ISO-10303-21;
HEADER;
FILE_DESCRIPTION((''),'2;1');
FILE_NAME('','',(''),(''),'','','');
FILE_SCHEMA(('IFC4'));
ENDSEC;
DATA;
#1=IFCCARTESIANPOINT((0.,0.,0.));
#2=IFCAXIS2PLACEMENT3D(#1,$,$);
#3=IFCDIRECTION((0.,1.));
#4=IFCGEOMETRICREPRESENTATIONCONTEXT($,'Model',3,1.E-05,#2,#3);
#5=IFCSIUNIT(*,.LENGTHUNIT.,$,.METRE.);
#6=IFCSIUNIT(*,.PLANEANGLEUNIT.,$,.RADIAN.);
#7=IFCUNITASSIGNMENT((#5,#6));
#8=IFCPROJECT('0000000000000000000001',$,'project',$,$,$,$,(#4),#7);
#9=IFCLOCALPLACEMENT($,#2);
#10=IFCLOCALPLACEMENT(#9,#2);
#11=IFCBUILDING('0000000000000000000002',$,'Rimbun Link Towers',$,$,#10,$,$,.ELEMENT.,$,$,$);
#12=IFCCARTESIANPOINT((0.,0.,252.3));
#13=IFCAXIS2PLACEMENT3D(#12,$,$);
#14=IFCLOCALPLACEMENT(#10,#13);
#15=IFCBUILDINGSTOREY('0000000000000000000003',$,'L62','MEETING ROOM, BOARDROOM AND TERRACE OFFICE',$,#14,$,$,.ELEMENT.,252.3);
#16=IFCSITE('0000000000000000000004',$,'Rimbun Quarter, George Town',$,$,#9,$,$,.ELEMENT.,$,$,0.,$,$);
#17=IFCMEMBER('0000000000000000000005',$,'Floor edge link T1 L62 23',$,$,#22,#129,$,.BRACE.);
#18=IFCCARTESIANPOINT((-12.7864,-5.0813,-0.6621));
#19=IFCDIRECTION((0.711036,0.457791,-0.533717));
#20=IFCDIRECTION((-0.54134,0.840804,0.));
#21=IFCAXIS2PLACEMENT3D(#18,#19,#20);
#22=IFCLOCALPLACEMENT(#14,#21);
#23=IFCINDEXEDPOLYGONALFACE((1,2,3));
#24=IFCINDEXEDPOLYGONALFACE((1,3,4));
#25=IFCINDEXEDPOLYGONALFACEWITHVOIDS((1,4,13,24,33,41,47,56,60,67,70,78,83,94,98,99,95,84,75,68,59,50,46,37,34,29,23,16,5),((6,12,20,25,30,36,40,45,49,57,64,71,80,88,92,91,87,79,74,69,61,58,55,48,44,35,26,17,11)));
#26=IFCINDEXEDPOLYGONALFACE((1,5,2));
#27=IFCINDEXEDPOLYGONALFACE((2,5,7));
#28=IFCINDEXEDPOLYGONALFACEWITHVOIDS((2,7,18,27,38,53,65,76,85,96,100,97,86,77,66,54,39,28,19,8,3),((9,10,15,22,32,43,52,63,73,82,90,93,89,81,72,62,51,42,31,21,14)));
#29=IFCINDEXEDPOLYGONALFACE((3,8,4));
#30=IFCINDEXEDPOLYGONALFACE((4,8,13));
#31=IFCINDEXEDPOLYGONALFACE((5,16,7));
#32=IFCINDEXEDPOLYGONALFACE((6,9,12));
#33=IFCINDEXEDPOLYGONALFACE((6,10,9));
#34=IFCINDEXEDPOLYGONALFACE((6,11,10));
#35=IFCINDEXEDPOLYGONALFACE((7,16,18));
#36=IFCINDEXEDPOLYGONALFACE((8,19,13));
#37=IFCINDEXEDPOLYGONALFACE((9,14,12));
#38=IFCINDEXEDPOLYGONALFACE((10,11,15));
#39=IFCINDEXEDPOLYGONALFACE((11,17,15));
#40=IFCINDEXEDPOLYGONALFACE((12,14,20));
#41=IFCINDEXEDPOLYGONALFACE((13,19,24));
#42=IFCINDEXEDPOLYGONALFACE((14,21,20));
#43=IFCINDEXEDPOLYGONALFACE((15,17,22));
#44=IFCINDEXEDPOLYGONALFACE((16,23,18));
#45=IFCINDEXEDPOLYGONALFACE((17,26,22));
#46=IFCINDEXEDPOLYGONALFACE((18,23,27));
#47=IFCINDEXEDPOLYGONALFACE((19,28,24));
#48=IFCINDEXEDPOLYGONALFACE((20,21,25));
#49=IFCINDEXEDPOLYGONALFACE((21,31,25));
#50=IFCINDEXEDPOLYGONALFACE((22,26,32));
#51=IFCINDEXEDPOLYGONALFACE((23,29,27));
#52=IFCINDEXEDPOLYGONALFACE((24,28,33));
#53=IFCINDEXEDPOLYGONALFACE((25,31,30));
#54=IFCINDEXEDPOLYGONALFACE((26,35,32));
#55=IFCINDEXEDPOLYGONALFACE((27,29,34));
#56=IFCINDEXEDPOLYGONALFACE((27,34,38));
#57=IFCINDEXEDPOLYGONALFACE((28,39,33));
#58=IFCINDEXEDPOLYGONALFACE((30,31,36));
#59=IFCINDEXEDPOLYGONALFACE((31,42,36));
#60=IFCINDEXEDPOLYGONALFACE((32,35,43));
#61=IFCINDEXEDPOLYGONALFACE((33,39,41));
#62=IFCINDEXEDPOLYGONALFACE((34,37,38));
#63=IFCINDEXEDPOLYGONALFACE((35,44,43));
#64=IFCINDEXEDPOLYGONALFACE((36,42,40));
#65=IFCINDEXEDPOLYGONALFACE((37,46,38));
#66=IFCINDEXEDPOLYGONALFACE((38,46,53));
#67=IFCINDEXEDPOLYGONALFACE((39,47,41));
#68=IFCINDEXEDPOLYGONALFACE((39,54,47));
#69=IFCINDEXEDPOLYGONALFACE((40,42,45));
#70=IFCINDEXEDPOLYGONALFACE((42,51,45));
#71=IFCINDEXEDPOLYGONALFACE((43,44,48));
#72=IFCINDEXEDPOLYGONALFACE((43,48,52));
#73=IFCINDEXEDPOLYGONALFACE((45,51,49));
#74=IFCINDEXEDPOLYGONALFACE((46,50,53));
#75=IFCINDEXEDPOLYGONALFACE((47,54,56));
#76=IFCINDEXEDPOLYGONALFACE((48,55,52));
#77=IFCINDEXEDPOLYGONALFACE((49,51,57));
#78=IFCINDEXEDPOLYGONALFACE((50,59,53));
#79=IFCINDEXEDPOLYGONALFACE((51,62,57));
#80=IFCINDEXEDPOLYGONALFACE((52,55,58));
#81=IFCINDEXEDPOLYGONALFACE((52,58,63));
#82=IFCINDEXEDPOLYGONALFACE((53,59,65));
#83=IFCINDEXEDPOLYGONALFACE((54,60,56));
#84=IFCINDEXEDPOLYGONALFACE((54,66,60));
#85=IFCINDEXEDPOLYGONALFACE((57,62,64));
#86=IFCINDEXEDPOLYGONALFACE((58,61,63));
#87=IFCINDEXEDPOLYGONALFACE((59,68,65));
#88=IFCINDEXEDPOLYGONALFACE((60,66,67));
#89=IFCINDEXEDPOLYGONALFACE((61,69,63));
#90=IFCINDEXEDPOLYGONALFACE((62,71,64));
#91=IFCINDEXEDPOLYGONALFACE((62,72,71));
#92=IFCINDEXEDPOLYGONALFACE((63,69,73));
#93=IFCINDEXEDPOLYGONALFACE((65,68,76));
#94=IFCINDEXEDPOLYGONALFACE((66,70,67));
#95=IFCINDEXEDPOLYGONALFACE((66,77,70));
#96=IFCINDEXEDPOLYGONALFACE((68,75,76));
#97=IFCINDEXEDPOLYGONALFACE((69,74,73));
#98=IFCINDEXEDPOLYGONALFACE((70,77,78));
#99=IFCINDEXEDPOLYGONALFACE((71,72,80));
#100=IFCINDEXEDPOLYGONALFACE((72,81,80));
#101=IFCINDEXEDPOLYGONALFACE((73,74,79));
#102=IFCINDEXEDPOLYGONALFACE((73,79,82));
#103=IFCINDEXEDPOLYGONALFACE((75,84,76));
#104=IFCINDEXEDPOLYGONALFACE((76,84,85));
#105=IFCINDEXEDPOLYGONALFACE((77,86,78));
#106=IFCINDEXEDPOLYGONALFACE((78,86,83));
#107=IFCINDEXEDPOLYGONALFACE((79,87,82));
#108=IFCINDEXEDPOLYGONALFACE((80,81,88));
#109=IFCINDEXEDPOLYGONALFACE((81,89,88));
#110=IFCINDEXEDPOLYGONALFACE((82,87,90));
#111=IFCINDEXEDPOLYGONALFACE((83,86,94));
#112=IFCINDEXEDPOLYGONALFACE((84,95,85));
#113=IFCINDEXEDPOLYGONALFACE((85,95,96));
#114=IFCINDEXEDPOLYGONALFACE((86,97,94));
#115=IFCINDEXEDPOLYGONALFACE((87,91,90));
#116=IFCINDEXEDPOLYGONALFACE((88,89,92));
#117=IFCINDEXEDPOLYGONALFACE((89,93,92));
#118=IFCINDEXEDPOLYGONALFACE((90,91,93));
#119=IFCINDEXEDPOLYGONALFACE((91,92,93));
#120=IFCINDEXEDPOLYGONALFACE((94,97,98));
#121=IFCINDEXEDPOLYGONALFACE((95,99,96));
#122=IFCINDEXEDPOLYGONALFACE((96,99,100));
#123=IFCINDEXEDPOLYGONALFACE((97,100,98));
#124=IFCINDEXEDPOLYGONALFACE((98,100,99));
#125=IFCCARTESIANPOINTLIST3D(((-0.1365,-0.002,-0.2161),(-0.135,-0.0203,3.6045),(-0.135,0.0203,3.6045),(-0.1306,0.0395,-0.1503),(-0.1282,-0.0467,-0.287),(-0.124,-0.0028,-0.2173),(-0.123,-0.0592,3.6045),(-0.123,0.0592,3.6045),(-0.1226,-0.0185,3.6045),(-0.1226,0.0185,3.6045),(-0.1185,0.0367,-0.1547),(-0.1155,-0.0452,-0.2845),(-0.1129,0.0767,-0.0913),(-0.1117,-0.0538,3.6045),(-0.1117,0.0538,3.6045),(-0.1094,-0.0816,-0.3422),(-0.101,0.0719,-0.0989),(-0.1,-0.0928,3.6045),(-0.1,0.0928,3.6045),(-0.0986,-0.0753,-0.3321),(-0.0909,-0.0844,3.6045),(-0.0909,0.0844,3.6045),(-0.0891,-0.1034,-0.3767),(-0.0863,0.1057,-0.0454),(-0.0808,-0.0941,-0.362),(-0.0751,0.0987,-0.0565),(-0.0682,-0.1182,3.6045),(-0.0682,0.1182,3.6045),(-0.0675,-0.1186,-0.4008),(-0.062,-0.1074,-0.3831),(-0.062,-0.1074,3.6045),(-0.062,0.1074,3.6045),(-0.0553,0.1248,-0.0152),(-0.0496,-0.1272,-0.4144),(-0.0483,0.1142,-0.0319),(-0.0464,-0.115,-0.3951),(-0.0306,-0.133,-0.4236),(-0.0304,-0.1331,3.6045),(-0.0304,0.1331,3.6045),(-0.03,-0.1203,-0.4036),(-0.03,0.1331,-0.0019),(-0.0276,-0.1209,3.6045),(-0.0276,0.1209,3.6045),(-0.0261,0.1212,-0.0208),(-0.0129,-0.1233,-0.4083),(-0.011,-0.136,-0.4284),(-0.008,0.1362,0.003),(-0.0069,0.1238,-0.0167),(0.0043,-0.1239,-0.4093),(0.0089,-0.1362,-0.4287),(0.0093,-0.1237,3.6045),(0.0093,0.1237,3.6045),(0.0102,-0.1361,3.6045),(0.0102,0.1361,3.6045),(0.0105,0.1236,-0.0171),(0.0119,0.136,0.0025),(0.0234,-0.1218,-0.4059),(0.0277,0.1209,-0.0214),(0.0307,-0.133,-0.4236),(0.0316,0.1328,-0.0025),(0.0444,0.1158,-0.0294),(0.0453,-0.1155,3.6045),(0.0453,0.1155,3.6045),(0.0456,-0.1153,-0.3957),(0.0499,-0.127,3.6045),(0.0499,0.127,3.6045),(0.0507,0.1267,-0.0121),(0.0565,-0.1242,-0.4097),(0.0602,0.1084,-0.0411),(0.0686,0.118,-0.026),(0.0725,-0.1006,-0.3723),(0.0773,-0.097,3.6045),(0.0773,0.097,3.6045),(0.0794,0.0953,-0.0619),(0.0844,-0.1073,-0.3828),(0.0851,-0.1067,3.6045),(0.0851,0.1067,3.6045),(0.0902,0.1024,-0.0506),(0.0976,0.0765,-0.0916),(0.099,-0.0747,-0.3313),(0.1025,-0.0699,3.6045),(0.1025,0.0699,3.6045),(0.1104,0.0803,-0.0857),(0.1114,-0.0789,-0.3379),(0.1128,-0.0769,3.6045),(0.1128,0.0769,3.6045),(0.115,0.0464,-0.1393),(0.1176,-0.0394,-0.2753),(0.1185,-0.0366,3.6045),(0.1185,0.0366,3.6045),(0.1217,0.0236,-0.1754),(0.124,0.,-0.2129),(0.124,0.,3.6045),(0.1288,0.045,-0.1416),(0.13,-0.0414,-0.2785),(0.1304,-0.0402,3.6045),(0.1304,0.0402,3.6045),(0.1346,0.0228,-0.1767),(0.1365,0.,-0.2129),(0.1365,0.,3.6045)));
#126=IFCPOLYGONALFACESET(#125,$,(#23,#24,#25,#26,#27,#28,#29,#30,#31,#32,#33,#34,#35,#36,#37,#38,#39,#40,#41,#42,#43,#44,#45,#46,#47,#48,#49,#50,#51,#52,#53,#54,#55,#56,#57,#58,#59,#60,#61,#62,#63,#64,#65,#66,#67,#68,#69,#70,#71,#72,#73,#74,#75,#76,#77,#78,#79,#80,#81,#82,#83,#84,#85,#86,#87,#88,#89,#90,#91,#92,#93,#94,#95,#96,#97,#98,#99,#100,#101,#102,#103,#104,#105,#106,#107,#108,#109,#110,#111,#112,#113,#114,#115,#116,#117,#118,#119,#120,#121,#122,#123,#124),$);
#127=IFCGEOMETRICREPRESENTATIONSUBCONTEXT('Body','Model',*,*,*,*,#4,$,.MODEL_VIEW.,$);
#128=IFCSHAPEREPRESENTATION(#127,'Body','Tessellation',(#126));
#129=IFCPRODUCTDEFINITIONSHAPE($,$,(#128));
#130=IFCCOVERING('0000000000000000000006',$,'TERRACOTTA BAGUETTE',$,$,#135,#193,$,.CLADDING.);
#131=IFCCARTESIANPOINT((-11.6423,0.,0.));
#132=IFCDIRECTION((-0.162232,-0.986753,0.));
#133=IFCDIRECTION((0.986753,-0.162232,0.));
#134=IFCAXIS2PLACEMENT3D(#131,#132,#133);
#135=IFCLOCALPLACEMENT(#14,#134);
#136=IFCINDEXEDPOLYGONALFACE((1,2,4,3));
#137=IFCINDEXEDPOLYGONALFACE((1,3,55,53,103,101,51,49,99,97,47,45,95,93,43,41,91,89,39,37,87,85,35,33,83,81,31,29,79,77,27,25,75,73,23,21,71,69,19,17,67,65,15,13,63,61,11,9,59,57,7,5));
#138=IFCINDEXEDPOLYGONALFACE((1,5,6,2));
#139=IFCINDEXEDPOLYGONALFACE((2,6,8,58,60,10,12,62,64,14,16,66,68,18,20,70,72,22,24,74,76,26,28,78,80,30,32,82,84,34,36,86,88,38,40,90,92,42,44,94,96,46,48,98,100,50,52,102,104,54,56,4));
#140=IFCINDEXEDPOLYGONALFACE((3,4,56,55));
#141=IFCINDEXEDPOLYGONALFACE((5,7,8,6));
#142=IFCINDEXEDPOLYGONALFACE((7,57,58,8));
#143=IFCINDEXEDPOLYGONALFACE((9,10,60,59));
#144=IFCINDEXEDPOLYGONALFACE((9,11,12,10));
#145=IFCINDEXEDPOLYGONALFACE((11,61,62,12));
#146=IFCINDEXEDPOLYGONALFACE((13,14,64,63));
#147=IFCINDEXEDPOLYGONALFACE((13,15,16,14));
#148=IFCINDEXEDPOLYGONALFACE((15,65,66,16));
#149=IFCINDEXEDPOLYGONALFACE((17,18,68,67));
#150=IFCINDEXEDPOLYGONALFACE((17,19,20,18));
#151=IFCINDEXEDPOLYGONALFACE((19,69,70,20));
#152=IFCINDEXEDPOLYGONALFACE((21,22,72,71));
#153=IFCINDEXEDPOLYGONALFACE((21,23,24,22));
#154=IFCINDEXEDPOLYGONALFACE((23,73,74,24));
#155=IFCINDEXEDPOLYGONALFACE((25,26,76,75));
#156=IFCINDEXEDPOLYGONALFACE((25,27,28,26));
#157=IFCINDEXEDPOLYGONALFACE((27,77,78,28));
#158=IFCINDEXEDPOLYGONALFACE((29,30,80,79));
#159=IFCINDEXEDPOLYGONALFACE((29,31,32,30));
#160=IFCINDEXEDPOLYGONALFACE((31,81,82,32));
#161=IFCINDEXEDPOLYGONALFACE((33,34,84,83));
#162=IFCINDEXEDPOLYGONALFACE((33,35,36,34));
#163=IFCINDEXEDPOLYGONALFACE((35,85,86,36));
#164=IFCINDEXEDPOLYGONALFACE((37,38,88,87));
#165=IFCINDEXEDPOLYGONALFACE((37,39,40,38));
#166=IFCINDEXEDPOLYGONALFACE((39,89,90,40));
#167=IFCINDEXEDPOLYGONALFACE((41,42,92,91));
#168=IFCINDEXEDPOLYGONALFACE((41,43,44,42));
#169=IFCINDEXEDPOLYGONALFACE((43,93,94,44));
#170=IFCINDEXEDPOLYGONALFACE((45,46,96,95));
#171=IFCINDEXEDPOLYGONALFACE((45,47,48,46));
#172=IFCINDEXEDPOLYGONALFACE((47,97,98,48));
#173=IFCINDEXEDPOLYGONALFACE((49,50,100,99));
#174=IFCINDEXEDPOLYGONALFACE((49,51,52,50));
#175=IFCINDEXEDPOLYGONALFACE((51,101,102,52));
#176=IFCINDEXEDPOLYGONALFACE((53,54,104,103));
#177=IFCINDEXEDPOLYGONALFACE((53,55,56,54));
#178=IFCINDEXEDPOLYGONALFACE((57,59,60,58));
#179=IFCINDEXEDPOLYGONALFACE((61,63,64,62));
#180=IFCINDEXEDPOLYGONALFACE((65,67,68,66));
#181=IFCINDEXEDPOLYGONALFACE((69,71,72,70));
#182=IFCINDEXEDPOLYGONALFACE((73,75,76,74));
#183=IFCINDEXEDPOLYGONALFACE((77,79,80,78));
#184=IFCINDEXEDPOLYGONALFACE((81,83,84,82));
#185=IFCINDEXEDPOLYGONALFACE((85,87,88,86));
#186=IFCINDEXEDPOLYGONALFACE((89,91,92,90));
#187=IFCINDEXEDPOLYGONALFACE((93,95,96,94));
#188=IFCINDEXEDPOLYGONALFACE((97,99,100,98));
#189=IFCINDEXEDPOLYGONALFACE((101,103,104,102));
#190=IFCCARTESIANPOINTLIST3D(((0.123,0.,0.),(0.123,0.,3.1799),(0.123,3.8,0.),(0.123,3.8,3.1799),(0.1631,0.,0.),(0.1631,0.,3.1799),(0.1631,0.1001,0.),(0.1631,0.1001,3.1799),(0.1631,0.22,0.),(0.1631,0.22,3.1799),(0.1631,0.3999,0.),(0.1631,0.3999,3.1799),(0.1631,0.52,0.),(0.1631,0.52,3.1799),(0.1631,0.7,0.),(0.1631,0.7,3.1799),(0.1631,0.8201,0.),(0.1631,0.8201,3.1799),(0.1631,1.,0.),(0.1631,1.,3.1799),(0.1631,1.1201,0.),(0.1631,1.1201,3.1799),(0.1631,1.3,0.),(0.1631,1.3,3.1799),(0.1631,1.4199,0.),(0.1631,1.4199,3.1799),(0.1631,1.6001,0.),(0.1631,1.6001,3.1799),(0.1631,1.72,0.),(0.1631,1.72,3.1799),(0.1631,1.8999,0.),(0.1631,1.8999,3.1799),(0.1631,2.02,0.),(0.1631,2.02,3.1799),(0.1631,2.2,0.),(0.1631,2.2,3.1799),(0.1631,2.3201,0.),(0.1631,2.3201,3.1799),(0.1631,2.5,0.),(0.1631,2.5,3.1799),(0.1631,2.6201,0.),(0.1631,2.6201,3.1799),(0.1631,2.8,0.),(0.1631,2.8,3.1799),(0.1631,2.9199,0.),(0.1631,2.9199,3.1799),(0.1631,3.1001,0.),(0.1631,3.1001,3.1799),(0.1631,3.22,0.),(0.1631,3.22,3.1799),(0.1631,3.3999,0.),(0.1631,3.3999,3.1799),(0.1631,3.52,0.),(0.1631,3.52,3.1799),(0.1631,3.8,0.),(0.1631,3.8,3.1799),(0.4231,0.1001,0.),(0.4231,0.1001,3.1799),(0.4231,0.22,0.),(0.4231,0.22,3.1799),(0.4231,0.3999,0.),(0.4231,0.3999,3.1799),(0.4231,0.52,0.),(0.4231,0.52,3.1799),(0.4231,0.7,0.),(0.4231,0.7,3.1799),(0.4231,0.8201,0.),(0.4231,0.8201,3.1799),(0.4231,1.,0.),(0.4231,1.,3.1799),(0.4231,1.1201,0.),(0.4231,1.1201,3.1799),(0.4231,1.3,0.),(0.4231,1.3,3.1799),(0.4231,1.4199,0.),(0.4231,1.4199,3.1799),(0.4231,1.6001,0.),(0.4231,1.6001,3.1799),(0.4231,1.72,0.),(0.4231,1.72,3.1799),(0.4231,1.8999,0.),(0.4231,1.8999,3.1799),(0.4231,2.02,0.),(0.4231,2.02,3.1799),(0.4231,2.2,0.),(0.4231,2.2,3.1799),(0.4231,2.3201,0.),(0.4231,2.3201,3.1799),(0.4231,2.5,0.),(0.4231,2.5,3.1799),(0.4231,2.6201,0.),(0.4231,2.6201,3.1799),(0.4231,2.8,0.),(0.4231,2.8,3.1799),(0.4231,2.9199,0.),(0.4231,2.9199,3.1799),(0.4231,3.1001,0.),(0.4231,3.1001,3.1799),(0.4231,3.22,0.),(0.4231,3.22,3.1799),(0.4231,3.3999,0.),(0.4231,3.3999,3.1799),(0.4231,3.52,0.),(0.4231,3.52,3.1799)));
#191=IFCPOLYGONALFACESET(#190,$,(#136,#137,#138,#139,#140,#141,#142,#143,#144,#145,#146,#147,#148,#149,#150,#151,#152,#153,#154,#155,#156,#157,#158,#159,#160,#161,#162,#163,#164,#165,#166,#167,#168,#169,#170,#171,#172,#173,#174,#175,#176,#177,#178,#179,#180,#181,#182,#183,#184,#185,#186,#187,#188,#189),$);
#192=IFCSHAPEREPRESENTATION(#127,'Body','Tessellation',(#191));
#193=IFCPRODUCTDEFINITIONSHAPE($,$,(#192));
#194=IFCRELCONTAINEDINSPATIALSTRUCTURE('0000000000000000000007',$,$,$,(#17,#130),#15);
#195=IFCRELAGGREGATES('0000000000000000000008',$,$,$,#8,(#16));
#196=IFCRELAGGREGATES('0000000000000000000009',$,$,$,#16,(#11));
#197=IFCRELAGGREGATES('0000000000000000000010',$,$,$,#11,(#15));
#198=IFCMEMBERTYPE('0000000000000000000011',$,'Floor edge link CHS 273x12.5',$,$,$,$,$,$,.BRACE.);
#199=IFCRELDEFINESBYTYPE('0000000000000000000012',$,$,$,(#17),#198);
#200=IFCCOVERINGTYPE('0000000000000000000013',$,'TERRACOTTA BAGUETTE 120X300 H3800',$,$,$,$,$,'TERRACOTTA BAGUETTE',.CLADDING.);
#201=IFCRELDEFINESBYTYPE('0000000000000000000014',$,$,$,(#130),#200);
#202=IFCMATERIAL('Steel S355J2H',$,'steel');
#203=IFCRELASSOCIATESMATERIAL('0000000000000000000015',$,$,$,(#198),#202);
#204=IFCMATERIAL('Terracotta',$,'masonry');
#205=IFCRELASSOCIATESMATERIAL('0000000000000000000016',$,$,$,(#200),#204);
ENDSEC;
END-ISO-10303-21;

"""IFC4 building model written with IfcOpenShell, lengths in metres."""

from ifc_helpers import new_model, si_unit, direction, frame, origin, origin_2d, place, context, subcontext, project, spatial, polyline, hollow_circle, outline, extrude, clip, halfspace, material, material_profile, profile_set, type_object, element, save


model = new_model("IFC4")

# Units and contexts
model_context = context("Model", 3, precision=1e-05, world=origin(), true_north=direction((0.0, 1.0)))
body_context = subcontext(model_context, "Body", "Model", "MODEL_VIEW")
ifc_project = project(units=[si_unit("LENGTHUNIT", "METRE"), si_unit("PLANEANGLEUNIT", "RADIAN")], contexts=[model_context])

# Site, building, storey
site_placement = place(None, origin())
site = spatial("IfcSite", under=ifc_project, at=site_placement, Name="Rimbun Quarter, George Town", CompositionType="ELEMENT", RefElevation=0.0)
building_placement = place(site_placement, origin())
building = spatial("IfcBuilding", under=site, at=building_placement, Name="Rimbun Link Towers", CompositionType="ELEMENT")
storey_placement = place(building_placement, frame((0.0, 0.0, 252.3)))
storey = spatial("IfcBuildingStorey", under=building, at=storey_placement, Name="L62", Description="MEETING ROOM, BOARDROOM AND TERRACE OFFICE", CompositionType="ELEMENT", Elevation=252.3)

# Member
ifc_material_1 = material(Name="Steel S355J2H", Category="steel")
ifc_material_profile_1 = material_profile(ifc_material_1, hollow_circle(Radius=0.1365, WallThickness=0.0125, at=origin_2d()), Name="CHS 273x12.5")
ifc_profile_set_1 = profile_set([ifc_material_profile_1], Name="Steel S355J2H")
member_type_1 = type_object("IfcMemberType", Name="Floor edge link CHS 273x12.5", PredefinedType="BRACE", material=ifc_profile_set_1)
member_1_placement = place(storey_placement, frame((-12.7864, -5.0813, -0.6621), z_axis=(0.711036, 0.457791, -0.533717), x_axis=(-0.54134, 0.840804, 0.0)))
element("IfcMember", 1, at=member_1_placement, inside=storey, type_object=member_type_1, Name="Floor edge link T1 L62 23", PredefinedType="BRACE", context=body_context, shape_type="Clipping", body=[
    clip(extrude(hollow_circle(Radius=0.1365, WallThickness=0.0125, at=origin_2d()), frame((0.0, 0.0, -0.4514)), (0.0, 0.0, 1.0), 4.0559), halfspace(frame((0.0, 0.0, -0.2129), z_axis=(0.0, 0.845663, -0.533717)), False)),
])

# Covering
ifc_material_2 = material(Name="Terracotta", Category="masonry")
ifc_material_profile_2 = material_profile(ifc_material_2, outline(polyline([(0.123, 0.0), (0.1631, 0.0), (0.1631, 0.1001), (0.4231, 0.1001), (0.4231, 0.22), (0.1631, 0.22), (0.1631, 0.3999), (0.4231, 0.3999), (0.4231, 0.52), (0.1631, 0.52), (0.1631, 0.7), (0.4231, 0.7), (0.4231, 0.8201), (0.1631, 0.8201), (0.1631, 1.0), (0.4231, 1.0), (0.4231, 1.1201), (0.1631, 1.1201), (0.1631, 1.3), (0.4231, 1.3), (0.4231, 1.4199), (0.1631, 1.4199), (0.1631, 1.6001), (0.4231, 1.6001), (0.4231, 1.72), (0.1631, 1.72), (0.1631, 1.8999), (0.4231, 1.8999), (0.4231, 2.02), (0.1631, 2.02), (0.1631, 2.2), (0.4231, 2.2), (0.4231, 2.3201), (0.1631, 2.3201), (0.1631, 2.5), (0.4231, 2.5), (0.4231, 2.6201), (0.1631, 2.6201), (0.1631, 2.8), (0.4231, 2.8), (0.4231, 2.9199), (0.1631, 2.9199), (0.1631, 3.1001), (0.4231, 3.1001), (0.4231, 3.22), (0.1631, 3.22), (0.1631, 3.3999), (0.4231, 3.3999), (0.4231, 3.52), (0.1631, 3.52), (0.1631, 3.8), (0.123, 3.8), (0.123, 0.0)])), Name="BAGUETTE 120X300")
ifc_profile_set_2 = profile_set([ifc_material_profile_2], Name="Terracotta")
covering_type = type_object("IfcCoveringType", Name="TERRACOTTA BAGUETTE 120X300 H3800", ElementType="TERRACOTTA BAGUETTE", PredefinedType="CLADDING", material=ifc_profile_set_2)
covering_placement = place(storey_placement, frame((-11.6423, 0.0, 0.0), z_axis=(-0.162232, -0.986753, 0.0), x_axis=(0.986753, -0.162232, 0.0)))
element("IfcCovering", 2, at=covering_placement, inside=storey, type_object=covering_type, Name="TERRACOTTA BAGUETTE", PredefinedType="CLADDING", context=body_context, shape_type="SweptSolid", body=[
    extrude(outline(polyline([(0.123, 0.0), (0.1631, 0.0), (0.1631, 0.1001), (0.4231, 0.1001), (0.4231, 0.22), (0.1631, 0.22), (0.1631, 0.3999), (0.4231, 0.3999), (0.4231, 0.52), (0.1631, 0.52), (0.1631, 0.7), (0.4231, 0.7), (0.4231, 0.8201), (0.1631, 0.8201), (0.1631, 1.0), (0.4231, 1.0), (0.4231, 1.1201), (0.1631, 1.1201), (0.1631, 1.3), (0.4231, 1.3), (0.4231, 1.4199), (0.1631, 1.4199), (0.1631, 1.6001), (0.4231, 1.6001), (0.4231, 1.72), (0.1631, 1.72), (0.1631, 1.8999), (0.4231, 1.8999), (0.4231, 2.02), (0.1631, 2.02), (0.1631, 2.2), (0.4231, 2.2), (0.4231, 2.3201), (0.1631, 2.3201), (0.1631, 2.5), (0.4231, 2.5), (0.4231, 2.6201), (0.1631, 2.6201), (0.1631, 2.8), (0.4231, 2.8), (0.4231, 2.9199), (0.1631, 2.9199), (0.1631, 3.1001), (0.4231, 3.1001), (0.4231, 3.22), (0.1631, 3.22), (0.1631, 3.3999), (0.4231, 3.3999), (0.4231, 3.52), (0.1631, 3.52), (0.1631, 3.8), (0.123, 3.8), (0.123, 0.0)])), origin(), (0.0, 0.0, 1.0), 3.1799),
])

save(model, "model.ifc")
